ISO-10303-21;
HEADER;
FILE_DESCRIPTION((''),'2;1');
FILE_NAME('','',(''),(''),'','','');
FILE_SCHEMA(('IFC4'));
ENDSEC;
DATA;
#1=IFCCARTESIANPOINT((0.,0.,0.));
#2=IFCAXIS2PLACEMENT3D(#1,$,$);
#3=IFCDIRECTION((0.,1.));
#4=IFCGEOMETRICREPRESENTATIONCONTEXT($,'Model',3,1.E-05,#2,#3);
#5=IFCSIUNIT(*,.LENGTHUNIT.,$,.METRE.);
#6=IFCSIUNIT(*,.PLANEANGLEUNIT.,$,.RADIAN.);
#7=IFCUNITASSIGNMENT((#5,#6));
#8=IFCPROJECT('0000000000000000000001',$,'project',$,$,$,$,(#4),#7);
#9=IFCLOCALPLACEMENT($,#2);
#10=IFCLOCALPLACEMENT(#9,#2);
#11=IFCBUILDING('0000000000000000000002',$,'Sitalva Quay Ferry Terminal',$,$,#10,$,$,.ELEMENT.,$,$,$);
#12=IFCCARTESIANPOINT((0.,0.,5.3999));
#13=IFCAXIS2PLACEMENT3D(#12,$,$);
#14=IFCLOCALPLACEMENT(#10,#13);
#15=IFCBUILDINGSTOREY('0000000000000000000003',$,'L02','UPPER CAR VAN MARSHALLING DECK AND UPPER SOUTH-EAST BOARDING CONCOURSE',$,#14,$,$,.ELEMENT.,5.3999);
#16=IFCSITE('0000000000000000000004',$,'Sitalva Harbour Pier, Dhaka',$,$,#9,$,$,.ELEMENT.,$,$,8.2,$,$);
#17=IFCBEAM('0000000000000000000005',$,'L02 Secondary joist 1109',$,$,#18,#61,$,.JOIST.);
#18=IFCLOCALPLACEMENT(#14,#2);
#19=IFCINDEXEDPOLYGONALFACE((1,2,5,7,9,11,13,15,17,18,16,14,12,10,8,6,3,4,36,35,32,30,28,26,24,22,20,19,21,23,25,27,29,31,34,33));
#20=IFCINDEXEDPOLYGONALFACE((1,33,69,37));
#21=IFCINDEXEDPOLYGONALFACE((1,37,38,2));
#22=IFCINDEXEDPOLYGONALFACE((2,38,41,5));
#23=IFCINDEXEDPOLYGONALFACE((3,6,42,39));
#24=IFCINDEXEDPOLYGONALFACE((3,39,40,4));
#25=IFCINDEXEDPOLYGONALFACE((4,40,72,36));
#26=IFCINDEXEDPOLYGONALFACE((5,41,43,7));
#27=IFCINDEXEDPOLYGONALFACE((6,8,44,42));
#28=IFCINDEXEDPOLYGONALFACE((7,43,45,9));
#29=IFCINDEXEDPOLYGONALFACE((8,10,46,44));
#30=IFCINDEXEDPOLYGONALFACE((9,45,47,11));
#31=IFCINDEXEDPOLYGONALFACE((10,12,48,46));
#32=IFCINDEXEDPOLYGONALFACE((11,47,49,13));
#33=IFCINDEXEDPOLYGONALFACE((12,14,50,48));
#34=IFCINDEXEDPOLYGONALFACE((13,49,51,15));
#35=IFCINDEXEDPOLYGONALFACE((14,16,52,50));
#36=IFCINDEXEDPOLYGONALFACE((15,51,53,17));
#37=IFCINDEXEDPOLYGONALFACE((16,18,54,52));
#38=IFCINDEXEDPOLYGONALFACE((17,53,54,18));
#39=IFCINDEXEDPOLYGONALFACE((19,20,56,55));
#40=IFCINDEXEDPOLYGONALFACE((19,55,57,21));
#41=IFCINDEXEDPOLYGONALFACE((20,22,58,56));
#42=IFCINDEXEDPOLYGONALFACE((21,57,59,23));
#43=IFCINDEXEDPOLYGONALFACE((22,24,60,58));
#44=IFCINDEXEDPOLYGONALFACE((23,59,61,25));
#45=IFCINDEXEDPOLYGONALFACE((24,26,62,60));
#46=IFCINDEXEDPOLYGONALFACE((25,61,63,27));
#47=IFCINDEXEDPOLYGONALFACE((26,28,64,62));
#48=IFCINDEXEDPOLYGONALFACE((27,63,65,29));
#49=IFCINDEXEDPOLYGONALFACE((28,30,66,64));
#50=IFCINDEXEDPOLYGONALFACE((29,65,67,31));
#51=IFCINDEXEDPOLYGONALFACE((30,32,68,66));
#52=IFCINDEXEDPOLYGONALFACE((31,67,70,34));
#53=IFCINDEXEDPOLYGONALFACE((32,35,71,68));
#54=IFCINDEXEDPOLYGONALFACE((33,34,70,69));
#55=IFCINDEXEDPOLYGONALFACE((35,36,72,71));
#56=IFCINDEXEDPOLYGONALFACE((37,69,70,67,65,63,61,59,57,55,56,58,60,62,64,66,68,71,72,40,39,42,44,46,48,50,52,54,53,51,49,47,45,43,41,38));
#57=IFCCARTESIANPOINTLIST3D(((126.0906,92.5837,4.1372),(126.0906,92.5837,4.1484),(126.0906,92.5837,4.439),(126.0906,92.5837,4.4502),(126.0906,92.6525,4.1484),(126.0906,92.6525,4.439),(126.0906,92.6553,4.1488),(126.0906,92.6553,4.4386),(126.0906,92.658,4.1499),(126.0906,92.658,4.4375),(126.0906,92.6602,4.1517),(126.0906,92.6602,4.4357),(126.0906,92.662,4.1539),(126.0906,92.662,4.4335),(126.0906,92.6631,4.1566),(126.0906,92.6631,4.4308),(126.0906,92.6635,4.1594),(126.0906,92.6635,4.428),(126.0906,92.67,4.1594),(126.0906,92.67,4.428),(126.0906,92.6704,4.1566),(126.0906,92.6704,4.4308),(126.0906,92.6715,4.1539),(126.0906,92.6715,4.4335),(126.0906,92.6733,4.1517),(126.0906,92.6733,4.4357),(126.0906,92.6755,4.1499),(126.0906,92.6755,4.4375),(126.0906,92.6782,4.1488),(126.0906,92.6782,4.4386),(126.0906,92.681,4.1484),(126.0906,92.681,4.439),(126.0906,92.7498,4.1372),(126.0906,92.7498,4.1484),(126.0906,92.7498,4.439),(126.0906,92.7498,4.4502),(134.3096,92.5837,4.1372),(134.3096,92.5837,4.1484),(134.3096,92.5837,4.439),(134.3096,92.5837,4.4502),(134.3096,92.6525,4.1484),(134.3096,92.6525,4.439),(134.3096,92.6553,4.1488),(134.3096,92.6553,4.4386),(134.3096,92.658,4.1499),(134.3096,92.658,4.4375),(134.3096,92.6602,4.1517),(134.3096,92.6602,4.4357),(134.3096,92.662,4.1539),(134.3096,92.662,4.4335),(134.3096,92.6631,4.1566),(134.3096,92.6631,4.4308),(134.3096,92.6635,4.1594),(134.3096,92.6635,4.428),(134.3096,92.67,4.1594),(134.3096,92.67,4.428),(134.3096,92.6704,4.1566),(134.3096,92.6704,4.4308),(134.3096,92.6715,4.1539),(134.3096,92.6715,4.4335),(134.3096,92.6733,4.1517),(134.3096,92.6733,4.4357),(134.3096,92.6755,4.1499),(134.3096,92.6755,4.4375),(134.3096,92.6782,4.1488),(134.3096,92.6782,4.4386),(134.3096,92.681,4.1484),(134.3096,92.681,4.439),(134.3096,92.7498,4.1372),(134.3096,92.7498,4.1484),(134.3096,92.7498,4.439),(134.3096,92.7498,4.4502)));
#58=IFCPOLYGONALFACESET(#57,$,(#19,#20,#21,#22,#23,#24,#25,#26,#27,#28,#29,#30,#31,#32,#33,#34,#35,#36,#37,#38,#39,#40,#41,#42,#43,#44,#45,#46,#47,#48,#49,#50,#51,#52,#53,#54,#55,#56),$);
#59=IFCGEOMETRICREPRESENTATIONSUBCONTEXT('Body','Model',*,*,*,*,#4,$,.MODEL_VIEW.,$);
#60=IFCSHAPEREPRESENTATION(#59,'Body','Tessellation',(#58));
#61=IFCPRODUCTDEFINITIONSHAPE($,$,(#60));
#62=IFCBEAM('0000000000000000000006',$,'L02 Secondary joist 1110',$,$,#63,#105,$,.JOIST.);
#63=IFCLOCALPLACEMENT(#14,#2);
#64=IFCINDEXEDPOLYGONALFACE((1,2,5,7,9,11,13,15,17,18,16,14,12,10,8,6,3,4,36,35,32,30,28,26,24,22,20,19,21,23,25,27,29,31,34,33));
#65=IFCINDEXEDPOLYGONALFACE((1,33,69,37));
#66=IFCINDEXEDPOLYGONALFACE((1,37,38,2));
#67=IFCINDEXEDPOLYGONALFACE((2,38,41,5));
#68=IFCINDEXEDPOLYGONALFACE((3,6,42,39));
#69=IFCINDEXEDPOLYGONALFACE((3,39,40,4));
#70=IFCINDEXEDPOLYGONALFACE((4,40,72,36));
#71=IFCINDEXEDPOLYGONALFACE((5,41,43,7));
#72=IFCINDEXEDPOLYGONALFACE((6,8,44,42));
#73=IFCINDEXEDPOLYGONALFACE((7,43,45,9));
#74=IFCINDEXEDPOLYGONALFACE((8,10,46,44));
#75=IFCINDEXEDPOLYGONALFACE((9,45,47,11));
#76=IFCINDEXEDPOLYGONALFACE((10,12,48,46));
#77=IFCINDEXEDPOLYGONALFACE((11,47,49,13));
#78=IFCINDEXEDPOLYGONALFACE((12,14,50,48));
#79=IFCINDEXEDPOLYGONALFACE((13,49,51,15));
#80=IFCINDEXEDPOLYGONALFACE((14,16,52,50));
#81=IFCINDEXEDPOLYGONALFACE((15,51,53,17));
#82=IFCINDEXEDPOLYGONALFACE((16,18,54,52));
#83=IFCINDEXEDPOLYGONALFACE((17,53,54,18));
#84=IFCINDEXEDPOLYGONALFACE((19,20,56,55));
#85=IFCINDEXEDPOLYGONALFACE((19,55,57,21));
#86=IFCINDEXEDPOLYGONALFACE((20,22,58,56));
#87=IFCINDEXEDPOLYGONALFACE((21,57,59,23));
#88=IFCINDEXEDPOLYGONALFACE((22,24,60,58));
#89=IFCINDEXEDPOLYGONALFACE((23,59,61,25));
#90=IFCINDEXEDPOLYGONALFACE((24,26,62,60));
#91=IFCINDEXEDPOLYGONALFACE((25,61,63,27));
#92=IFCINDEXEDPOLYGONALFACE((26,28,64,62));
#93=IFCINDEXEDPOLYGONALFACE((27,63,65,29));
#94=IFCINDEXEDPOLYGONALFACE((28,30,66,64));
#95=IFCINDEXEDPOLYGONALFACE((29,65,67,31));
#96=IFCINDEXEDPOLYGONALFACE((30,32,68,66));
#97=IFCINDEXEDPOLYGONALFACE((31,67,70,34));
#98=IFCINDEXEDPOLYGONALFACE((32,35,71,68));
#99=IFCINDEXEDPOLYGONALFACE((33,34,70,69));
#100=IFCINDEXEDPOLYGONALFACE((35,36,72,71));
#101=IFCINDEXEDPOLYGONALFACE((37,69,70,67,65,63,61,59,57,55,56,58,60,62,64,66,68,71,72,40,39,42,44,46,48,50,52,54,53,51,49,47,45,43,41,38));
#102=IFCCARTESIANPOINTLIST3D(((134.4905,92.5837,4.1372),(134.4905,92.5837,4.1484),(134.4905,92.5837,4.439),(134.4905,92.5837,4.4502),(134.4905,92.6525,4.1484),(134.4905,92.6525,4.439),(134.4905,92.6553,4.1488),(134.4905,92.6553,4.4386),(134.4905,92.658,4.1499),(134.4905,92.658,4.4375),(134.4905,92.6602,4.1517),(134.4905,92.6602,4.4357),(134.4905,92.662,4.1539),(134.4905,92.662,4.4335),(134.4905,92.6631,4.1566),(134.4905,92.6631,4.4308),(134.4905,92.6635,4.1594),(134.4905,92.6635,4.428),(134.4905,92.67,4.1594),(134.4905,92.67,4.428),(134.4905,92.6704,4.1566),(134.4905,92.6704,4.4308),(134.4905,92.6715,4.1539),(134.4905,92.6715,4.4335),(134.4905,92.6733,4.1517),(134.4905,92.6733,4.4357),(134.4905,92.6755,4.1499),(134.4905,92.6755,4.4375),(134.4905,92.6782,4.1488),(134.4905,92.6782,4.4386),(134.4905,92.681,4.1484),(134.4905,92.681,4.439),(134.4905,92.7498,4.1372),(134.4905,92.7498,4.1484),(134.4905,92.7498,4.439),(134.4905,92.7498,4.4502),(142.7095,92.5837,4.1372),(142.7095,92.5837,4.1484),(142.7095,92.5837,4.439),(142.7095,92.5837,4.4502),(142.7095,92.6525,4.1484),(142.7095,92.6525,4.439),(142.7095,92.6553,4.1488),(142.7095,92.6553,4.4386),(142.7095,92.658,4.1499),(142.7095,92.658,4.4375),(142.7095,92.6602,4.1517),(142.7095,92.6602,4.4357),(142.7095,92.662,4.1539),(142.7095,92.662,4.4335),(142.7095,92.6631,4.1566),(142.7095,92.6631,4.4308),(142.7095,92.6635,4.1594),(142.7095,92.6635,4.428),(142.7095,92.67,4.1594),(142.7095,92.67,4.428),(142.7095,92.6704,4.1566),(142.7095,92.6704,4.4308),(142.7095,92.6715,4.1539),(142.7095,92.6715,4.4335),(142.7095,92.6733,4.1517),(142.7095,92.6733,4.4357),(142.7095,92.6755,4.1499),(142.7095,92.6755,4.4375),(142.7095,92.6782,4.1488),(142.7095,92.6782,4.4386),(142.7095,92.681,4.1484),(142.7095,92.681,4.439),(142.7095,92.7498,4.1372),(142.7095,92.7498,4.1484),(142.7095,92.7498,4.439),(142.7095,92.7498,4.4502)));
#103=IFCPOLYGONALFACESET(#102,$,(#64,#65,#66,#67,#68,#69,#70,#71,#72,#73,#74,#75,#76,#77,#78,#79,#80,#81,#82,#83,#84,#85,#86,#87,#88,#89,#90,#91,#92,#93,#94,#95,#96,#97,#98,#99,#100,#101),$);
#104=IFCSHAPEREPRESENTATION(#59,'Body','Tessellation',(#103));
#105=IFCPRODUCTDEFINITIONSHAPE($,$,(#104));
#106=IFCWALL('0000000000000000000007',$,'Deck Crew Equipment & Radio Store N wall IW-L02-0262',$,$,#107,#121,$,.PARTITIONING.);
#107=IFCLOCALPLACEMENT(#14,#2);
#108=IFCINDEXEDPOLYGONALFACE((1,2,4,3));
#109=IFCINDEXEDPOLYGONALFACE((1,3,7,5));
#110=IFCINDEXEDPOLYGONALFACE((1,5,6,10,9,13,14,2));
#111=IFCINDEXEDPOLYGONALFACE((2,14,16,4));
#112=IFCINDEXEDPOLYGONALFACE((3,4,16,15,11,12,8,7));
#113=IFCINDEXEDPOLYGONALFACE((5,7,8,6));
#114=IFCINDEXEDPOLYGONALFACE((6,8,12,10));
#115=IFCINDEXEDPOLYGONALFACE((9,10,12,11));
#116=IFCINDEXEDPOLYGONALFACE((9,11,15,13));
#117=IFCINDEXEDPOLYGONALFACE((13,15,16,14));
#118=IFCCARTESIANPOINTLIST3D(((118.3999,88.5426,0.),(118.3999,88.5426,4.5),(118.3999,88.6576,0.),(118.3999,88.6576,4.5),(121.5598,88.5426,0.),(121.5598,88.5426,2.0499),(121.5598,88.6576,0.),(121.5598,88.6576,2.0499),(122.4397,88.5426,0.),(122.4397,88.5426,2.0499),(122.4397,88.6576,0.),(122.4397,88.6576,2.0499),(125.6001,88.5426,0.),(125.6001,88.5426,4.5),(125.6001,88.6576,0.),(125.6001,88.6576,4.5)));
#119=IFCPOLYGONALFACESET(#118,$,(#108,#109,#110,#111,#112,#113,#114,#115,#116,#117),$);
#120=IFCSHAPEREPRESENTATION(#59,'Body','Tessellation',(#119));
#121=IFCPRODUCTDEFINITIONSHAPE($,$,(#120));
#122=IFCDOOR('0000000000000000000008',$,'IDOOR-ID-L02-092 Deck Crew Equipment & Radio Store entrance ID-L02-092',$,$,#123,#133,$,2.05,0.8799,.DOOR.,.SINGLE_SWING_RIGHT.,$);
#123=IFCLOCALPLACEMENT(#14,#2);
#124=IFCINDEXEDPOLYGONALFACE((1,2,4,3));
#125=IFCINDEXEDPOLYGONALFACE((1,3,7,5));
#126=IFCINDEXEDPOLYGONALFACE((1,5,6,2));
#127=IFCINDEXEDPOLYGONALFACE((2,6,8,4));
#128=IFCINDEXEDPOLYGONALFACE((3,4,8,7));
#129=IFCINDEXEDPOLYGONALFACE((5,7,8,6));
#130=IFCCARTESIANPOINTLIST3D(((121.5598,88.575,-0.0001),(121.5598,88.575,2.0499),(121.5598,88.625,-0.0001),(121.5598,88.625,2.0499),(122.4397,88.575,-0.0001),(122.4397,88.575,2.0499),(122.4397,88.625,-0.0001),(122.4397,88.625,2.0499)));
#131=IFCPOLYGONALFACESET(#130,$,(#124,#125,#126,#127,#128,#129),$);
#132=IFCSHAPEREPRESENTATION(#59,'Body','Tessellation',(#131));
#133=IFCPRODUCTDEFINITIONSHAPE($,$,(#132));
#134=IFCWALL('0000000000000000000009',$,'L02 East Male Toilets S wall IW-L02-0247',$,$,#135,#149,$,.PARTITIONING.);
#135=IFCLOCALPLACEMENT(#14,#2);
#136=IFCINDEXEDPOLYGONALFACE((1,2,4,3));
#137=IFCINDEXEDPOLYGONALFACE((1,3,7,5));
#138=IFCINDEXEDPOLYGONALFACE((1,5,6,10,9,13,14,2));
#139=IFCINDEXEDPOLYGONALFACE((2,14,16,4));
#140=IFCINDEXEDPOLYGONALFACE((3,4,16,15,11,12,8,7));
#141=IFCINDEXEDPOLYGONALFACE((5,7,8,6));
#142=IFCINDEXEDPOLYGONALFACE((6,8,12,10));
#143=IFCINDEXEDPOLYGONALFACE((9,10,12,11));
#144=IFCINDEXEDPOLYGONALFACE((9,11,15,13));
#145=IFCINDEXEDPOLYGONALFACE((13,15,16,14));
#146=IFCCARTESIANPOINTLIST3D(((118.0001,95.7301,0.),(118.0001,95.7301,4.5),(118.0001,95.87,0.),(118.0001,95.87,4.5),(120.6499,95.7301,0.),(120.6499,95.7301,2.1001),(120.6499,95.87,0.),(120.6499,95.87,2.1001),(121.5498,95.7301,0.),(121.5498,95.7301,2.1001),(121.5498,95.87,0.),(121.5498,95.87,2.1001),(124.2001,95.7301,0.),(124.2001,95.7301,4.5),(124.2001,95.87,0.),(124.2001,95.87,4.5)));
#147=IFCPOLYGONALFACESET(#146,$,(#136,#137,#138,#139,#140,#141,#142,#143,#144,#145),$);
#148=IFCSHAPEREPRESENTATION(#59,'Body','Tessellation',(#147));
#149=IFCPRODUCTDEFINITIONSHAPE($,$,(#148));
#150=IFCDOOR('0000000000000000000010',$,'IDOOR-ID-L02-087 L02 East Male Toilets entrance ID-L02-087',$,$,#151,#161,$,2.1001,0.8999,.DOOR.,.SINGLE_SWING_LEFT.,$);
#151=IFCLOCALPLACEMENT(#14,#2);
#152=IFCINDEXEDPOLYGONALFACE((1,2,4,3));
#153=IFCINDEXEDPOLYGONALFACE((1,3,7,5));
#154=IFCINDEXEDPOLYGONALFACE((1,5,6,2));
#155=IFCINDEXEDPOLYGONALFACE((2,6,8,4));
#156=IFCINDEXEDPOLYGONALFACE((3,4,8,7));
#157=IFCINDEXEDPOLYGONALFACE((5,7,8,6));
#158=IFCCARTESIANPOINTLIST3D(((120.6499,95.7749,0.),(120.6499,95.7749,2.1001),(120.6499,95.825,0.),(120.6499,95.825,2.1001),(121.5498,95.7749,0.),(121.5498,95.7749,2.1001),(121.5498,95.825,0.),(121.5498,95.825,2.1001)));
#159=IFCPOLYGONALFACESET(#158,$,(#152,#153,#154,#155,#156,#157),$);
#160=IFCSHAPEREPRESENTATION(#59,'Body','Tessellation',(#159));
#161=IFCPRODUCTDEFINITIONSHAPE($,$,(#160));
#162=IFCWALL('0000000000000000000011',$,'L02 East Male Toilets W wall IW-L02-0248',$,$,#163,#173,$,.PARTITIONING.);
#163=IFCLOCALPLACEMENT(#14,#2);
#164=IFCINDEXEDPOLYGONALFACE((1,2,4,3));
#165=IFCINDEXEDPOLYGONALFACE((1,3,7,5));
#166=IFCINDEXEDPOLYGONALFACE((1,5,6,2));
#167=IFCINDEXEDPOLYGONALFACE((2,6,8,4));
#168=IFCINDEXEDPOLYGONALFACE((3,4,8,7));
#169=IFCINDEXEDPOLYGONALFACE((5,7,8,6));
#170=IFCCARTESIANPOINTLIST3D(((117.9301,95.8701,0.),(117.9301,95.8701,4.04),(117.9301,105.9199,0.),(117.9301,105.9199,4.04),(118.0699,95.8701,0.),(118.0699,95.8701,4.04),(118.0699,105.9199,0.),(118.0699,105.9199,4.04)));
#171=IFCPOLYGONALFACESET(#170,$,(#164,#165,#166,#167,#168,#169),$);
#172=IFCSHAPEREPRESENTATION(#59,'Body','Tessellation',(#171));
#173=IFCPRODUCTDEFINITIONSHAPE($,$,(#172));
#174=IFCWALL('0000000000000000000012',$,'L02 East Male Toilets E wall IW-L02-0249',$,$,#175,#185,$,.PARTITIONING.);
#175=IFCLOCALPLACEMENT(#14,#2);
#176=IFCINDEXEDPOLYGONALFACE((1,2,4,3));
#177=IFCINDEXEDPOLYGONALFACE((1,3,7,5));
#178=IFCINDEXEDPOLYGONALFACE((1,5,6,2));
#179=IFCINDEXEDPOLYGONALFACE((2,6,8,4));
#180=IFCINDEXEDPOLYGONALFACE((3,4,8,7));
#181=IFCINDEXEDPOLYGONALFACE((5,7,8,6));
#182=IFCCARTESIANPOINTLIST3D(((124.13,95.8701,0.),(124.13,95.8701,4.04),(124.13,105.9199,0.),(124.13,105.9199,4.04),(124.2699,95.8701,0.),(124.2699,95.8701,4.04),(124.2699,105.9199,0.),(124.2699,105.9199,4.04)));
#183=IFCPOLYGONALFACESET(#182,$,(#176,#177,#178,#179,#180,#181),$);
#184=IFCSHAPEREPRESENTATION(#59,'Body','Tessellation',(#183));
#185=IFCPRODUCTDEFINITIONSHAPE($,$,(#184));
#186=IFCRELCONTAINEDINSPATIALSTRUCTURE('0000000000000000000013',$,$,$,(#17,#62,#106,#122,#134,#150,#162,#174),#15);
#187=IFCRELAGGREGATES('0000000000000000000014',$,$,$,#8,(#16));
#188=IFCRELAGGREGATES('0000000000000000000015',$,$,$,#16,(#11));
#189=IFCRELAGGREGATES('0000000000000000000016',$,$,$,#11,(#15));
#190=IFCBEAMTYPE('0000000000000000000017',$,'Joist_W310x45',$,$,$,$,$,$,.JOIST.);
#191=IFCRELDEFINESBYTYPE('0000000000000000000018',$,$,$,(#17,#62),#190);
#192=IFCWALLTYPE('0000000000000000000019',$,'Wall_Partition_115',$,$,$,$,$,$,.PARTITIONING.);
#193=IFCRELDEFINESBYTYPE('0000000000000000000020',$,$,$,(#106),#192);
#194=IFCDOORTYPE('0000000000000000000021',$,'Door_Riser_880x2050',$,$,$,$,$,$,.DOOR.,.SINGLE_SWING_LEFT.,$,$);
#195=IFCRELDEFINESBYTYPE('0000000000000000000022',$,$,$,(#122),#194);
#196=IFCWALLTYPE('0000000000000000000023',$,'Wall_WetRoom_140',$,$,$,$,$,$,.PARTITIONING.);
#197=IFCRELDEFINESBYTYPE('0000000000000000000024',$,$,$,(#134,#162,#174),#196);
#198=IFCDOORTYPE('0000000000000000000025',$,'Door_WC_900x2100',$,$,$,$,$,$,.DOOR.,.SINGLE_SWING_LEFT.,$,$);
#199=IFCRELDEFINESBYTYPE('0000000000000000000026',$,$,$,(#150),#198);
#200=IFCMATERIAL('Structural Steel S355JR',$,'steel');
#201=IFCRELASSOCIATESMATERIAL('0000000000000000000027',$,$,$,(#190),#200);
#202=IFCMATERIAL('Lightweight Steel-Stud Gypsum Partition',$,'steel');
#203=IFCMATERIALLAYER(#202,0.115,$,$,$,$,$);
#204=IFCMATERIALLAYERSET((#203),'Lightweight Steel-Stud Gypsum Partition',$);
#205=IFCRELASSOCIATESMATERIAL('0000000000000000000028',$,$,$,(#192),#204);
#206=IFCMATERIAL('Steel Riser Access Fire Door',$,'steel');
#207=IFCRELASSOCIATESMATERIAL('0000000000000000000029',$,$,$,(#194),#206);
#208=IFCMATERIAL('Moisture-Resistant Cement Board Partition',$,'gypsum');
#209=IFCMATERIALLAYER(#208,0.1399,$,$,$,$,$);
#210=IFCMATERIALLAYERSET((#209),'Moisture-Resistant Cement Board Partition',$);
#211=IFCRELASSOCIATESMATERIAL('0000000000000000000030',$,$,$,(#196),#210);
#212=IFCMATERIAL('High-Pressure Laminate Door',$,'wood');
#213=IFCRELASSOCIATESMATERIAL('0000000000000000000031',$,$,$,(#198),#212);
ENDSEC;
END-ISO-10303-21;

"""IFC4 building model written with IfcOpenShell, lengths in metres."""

from ifc_helpers import new_model, si_unit, direction, frame, frame_2d, origin, origin_2d, place, context, subcontext, project, spatial, rectangle, i_section, extrude, material, layer, layer_set, material_profile, profile_set, type_object, element, fill, save


model = new_model("IFC4")

# Units and contexts
model_context = context("Model", 3, precision=1e-05, world=origin(), true_north=direction((0.0, 1.0)))
body_context = subcontext(model_context, "Body", "Model", "MODEL_VIEW")
ifc_project = project(units=[si_unit("LENGTHUNIT", "METRE"), si_unit("PLANEANGLEUNIT", "RADIAN")], contexts=[model_context])

# Site, building, storey
site_placement = place(None, origin())
site = spatial("IfcSite", under=ifc_project, at=site_placement, Name="Sitalva Harbour Pier, Dhaka", CompositionType="ELEMENT", RefElevation=8.2)
building_placement = place(site_placement, origin())
building = spatial("IfcBuilding", under=site, at=building_placement, Name="Sitalva Quay Ferry Terminal", CompositionType="ELEMENT")
storey_placement = place(building_placement, frame((0.0, 0.0, 5.3999)))
storey = spatial("IfcBuildingStorey", under=building, at=storey_placement, Name="L02", Description="UPPER CAR VAN MARSHALLING DECK AND UPPER SOUTH-EAST BOARDING CONCOURSE", CompositionType="ELEMENT", Elevation=5.3999)

# Beams
ifc_material_1 = material(Name="Structural Steel S355JR", Category="steel")
ifc_material_profile_1 = material_profile(ifc_material_1, i_section(OverallWidth=0.166, OverallDepth=0.313, WebThickness=0.0066, FlangeThickness=0.0112, FilletRadius=0.011, at=origin_2d()), Name="W310x45")
ifc_profile_set_1 = profile_set([ifc_material_profile_1], Name="Structural Steel S355JR")
beam_type_1 = type_object("IfcBeamType", Name="Joist_W310x45", PredefinedType="JOIST", material=ifc_profile_set_1)
for number, where, z_axis, x_axis, name in (
    (1, (126.0906, 92.6667, 4.2937), (1.0, 0.0, 0.0), (0.0, 1.0, 0.0), "L02 Secondary joist 1109"),
    (2, (134.4905, 92.6667, 4.2937), (1.0, 0.0, 0.0), (0.0, 1.0, 0.0), "L02 Secondary joist 1110"),
):
    element("IfcBeam", number, at=place(storey_placement, frame(where, z_axis=z_axis, x_axis=x_axis)), inside=storey, type_object=beam_type_1, Name=name, PredefinedType="JOIST", context=body_context, shape_type="SweptSolid", body=[
        extrude(i_section(OverallWidth=0.166, OverallDepth=0.313, WebThickness=0.0066, FlangeThickness=0.0112, FilletRadius=0.011, at=origin_2d()), origin(), (0.0, 0.0, 1.0), 8.219),
    ])

# Walls, openings, doors
ifc_material_2 = material(Name="Lightweight Steel-Stud Gypsum Partition", Category="steel")
ifc_layer_1 = layer(ifc_material_2, 0.115)
ifc_layer_set_1 = layer_set([ifc_layer_1], Name="Lightweight Steel-Stud Gypsum Partition")
wall_type_1 = type_object("IfcWallType", Name="Wall_Partition_115", PredefinedType="PARTITIONING", material=ifc_layer_set_1)
wall_1_placement = place(storey_placement, frame((118.3999, 88.6001, 0.0), z_axis=(0.0, 0.0, 1.0), x_axis=(1.0, 0.0, 0.0)))
wall_1 = element("IfcWall", 3, at=wall_1_placement, inside=storey, type_object=wall_type_1, Name="Deck Crew Equipment & Radio Store N wall IW-L02-0262", PredefinedType="PARTITIONING", context=body_context, shape_type="SweptSolid", body=[
    extrude(rectangle(XDim=7.2002, YDim=0.115, at=frame_2d((3.6001, 0.0))), origin(), (0.0, 0.0, 1.0), 4.5),
])
opening_1_placement = place(wall_1_placement, frame((3.1599, 0.0, 0.0)))
opening_1 = element("IfcOpeningElement", 4, at=opening_1_placement, cuts=wall_1, PredefinedType="OPENING", context=body_context, shape_type="SweptSolid", body=[
    extrude(rectangle(XDim=0.8799, YDim=2.05, at=frame_2d((0.4399, 1.0249))), frame((0.0, 0.0674, 0.0), z_axis=(0.0, -1.0, 0.0), x_axis=(1.0, 0.0, 0.0)), (0.0, 0.0, 1.0), 0.135),
])
ifc_material_3 = material(Name="Steel Riser Access Fire Door", Category="steel")
door_type_1 = type_object("IfcDoorType", Name="Door_Riser_880x2050", OperationType="SINGLE_SWING_LEFT", PredefinedType="DOOR", material=ifc_material_3)
door_1_placement = place(opening_1_placement, origin())
door_1 = element("IfcDoor", 5, at=door_1_placement, inside=storey, type_object=door_type_1, Name="IDOOR-ID-L02-092 Deck Crew Equipment & Radio Store entrance ID-L02-092", OperationType="SINGLE_SWING_RIGHT", OverallHeight=2.05, OverallWidth=0.8799, PredefinedType="DOOR", context=body_context, shape_type="SweptSolid", body=[
    extrude(rectangle(XDim=0.8799, YDim=2.05, at=frame_2d((0.4399, 1.0249))), frame((0.0, 0.0249, 0.0), z_axis=(0.0, -1.0, 0.0), x_axis=(1.0, 0.0, 0.0)), (0.0, 0.0, 1.0), 0.05),
])
fill(opening_1, door_1)
ifc_material_4 = material(Name="Moisture-Resistant Cement Board Partition", Category="gypsum")
ifc_layer_2 = layer(ifc_material_4, 0.1399)
ifc_layer_set_2 = layer_set([ifc_layer_2], Name="Moisture-Resistant Cement Board Partition")
wall_type_2 = type_object("IfcWallType", Name="Wall_WetRoom_140", PredefinedType="PARTITIONING", material=ifc_layer_set_2)
wall_2_placement = place(storey_placement, frame((118.0, 95.8, 0.0), z_axis=(0.0, 0.0, 1.0), x_axis=(1.0, 0.0, 0.0)))
wall_2 = element("IfcWall", 6, at=wall_2_placement, inside=storey, type_object=wall_type_2, Name="L02 East Male Toilets S wall IW-L02-0247", PredefinedType="PARTITIONING", context=body_context, shape_type="SweptSolid", body=[
    extrude(rectangle(XDim=6.2, YDim=0.1399, at=frame_2d((3.1001, 0.0))), origin(), (0.0, 0.0, 1.0), 4.5),
])
opening_2_placement = place(wall_2_placement, frame((2.6499, 0.0, 0.0)))
opening_2 = element("IfcOpeningElement", 7, at=opening_2_placement, cuts=wall_2, PredefinedType="OPENING", context=body_context, shape_type="SweptSolid", body=[
    extrude(rectangle(XDim=0.8999, YDim=2.1001, at=frame_2d((0.45, 1.05))), frame((0.0, 0.0798, 0.0), z_axis=(0.0, -1.0, 0.0), x_axis=(1.0, 0.0, 0.0)), (0.0, 0.0, 1.0), 0.1599),
])
ifc_material_5 = material(Name="High-Pressure Laminate Door", Category="wood")
door_type_2 = type_object("IfcDoorType", Name="Door_WC_900x2100", OperationType="SINGLE_SWING_LEFT", PredefinedType="DOOR", material=ifc_material_5)
door_2_placement = place(opening_2_placement, origin())
door_2 = element("IfcDoor", 8, at=door_2_placement, inside=storey, type_object=door_type_2, Name="IDOOR-ID-L02-087 L02 East Male Toilets entrance ID-L02-087", OperationType="SINGLE_SWING_LEFT", OverallHeight=2.1001, OverallWidth=0.8999, PredefinedType="DOOR", context=body_context, shape_type="SweptSolid", body=[
    extrude(rectangle(XDim=0.8999, YDim=2.1001, at=frame_2d((0.45, 1.05))), frame((0.0, 0.0249, 0.0), z_axis=(0.0, -1.0, 0.0), x_axis=(1.0, 0.0, 0.0)), (0.0, 0.0, 1.0), 0.05),
])
fill(opening_2, door_2)

# Walls
for number, where, z_axis, x_axis, name in (
    (9, (118.0, 95.8701, 0.0), (0.0, 0.0, 1.0), (0.0, 1.0, 0.0), "L02 East Male Toilets W wall IW-L02-0248"),
    (10, (124.2, 95.8701, 0.0), (0.0, 0.0, 1.0), (0.0, 1.0, 0.0), "L02 East Male Toilets E wall IW-L02-0249"),
):
    element("IfcWall", number, at=place(storey_placement, frame(where, z_axis=z_axis, x_axis=x_axis)), inside=storey, type_object=wall_type_2, Name=name, PredefinedType="PARTITIONING", context=body_context, shape_type="SweptSolid", body=[
        extrude(rectangle(XDim=10.0498, YDim=0.1399, at=frame_2d((5.0249, 0.0))), origin(), (0.0, 0.0, 1.0), 4.04),
    ])

save(model, "model.ifc")
